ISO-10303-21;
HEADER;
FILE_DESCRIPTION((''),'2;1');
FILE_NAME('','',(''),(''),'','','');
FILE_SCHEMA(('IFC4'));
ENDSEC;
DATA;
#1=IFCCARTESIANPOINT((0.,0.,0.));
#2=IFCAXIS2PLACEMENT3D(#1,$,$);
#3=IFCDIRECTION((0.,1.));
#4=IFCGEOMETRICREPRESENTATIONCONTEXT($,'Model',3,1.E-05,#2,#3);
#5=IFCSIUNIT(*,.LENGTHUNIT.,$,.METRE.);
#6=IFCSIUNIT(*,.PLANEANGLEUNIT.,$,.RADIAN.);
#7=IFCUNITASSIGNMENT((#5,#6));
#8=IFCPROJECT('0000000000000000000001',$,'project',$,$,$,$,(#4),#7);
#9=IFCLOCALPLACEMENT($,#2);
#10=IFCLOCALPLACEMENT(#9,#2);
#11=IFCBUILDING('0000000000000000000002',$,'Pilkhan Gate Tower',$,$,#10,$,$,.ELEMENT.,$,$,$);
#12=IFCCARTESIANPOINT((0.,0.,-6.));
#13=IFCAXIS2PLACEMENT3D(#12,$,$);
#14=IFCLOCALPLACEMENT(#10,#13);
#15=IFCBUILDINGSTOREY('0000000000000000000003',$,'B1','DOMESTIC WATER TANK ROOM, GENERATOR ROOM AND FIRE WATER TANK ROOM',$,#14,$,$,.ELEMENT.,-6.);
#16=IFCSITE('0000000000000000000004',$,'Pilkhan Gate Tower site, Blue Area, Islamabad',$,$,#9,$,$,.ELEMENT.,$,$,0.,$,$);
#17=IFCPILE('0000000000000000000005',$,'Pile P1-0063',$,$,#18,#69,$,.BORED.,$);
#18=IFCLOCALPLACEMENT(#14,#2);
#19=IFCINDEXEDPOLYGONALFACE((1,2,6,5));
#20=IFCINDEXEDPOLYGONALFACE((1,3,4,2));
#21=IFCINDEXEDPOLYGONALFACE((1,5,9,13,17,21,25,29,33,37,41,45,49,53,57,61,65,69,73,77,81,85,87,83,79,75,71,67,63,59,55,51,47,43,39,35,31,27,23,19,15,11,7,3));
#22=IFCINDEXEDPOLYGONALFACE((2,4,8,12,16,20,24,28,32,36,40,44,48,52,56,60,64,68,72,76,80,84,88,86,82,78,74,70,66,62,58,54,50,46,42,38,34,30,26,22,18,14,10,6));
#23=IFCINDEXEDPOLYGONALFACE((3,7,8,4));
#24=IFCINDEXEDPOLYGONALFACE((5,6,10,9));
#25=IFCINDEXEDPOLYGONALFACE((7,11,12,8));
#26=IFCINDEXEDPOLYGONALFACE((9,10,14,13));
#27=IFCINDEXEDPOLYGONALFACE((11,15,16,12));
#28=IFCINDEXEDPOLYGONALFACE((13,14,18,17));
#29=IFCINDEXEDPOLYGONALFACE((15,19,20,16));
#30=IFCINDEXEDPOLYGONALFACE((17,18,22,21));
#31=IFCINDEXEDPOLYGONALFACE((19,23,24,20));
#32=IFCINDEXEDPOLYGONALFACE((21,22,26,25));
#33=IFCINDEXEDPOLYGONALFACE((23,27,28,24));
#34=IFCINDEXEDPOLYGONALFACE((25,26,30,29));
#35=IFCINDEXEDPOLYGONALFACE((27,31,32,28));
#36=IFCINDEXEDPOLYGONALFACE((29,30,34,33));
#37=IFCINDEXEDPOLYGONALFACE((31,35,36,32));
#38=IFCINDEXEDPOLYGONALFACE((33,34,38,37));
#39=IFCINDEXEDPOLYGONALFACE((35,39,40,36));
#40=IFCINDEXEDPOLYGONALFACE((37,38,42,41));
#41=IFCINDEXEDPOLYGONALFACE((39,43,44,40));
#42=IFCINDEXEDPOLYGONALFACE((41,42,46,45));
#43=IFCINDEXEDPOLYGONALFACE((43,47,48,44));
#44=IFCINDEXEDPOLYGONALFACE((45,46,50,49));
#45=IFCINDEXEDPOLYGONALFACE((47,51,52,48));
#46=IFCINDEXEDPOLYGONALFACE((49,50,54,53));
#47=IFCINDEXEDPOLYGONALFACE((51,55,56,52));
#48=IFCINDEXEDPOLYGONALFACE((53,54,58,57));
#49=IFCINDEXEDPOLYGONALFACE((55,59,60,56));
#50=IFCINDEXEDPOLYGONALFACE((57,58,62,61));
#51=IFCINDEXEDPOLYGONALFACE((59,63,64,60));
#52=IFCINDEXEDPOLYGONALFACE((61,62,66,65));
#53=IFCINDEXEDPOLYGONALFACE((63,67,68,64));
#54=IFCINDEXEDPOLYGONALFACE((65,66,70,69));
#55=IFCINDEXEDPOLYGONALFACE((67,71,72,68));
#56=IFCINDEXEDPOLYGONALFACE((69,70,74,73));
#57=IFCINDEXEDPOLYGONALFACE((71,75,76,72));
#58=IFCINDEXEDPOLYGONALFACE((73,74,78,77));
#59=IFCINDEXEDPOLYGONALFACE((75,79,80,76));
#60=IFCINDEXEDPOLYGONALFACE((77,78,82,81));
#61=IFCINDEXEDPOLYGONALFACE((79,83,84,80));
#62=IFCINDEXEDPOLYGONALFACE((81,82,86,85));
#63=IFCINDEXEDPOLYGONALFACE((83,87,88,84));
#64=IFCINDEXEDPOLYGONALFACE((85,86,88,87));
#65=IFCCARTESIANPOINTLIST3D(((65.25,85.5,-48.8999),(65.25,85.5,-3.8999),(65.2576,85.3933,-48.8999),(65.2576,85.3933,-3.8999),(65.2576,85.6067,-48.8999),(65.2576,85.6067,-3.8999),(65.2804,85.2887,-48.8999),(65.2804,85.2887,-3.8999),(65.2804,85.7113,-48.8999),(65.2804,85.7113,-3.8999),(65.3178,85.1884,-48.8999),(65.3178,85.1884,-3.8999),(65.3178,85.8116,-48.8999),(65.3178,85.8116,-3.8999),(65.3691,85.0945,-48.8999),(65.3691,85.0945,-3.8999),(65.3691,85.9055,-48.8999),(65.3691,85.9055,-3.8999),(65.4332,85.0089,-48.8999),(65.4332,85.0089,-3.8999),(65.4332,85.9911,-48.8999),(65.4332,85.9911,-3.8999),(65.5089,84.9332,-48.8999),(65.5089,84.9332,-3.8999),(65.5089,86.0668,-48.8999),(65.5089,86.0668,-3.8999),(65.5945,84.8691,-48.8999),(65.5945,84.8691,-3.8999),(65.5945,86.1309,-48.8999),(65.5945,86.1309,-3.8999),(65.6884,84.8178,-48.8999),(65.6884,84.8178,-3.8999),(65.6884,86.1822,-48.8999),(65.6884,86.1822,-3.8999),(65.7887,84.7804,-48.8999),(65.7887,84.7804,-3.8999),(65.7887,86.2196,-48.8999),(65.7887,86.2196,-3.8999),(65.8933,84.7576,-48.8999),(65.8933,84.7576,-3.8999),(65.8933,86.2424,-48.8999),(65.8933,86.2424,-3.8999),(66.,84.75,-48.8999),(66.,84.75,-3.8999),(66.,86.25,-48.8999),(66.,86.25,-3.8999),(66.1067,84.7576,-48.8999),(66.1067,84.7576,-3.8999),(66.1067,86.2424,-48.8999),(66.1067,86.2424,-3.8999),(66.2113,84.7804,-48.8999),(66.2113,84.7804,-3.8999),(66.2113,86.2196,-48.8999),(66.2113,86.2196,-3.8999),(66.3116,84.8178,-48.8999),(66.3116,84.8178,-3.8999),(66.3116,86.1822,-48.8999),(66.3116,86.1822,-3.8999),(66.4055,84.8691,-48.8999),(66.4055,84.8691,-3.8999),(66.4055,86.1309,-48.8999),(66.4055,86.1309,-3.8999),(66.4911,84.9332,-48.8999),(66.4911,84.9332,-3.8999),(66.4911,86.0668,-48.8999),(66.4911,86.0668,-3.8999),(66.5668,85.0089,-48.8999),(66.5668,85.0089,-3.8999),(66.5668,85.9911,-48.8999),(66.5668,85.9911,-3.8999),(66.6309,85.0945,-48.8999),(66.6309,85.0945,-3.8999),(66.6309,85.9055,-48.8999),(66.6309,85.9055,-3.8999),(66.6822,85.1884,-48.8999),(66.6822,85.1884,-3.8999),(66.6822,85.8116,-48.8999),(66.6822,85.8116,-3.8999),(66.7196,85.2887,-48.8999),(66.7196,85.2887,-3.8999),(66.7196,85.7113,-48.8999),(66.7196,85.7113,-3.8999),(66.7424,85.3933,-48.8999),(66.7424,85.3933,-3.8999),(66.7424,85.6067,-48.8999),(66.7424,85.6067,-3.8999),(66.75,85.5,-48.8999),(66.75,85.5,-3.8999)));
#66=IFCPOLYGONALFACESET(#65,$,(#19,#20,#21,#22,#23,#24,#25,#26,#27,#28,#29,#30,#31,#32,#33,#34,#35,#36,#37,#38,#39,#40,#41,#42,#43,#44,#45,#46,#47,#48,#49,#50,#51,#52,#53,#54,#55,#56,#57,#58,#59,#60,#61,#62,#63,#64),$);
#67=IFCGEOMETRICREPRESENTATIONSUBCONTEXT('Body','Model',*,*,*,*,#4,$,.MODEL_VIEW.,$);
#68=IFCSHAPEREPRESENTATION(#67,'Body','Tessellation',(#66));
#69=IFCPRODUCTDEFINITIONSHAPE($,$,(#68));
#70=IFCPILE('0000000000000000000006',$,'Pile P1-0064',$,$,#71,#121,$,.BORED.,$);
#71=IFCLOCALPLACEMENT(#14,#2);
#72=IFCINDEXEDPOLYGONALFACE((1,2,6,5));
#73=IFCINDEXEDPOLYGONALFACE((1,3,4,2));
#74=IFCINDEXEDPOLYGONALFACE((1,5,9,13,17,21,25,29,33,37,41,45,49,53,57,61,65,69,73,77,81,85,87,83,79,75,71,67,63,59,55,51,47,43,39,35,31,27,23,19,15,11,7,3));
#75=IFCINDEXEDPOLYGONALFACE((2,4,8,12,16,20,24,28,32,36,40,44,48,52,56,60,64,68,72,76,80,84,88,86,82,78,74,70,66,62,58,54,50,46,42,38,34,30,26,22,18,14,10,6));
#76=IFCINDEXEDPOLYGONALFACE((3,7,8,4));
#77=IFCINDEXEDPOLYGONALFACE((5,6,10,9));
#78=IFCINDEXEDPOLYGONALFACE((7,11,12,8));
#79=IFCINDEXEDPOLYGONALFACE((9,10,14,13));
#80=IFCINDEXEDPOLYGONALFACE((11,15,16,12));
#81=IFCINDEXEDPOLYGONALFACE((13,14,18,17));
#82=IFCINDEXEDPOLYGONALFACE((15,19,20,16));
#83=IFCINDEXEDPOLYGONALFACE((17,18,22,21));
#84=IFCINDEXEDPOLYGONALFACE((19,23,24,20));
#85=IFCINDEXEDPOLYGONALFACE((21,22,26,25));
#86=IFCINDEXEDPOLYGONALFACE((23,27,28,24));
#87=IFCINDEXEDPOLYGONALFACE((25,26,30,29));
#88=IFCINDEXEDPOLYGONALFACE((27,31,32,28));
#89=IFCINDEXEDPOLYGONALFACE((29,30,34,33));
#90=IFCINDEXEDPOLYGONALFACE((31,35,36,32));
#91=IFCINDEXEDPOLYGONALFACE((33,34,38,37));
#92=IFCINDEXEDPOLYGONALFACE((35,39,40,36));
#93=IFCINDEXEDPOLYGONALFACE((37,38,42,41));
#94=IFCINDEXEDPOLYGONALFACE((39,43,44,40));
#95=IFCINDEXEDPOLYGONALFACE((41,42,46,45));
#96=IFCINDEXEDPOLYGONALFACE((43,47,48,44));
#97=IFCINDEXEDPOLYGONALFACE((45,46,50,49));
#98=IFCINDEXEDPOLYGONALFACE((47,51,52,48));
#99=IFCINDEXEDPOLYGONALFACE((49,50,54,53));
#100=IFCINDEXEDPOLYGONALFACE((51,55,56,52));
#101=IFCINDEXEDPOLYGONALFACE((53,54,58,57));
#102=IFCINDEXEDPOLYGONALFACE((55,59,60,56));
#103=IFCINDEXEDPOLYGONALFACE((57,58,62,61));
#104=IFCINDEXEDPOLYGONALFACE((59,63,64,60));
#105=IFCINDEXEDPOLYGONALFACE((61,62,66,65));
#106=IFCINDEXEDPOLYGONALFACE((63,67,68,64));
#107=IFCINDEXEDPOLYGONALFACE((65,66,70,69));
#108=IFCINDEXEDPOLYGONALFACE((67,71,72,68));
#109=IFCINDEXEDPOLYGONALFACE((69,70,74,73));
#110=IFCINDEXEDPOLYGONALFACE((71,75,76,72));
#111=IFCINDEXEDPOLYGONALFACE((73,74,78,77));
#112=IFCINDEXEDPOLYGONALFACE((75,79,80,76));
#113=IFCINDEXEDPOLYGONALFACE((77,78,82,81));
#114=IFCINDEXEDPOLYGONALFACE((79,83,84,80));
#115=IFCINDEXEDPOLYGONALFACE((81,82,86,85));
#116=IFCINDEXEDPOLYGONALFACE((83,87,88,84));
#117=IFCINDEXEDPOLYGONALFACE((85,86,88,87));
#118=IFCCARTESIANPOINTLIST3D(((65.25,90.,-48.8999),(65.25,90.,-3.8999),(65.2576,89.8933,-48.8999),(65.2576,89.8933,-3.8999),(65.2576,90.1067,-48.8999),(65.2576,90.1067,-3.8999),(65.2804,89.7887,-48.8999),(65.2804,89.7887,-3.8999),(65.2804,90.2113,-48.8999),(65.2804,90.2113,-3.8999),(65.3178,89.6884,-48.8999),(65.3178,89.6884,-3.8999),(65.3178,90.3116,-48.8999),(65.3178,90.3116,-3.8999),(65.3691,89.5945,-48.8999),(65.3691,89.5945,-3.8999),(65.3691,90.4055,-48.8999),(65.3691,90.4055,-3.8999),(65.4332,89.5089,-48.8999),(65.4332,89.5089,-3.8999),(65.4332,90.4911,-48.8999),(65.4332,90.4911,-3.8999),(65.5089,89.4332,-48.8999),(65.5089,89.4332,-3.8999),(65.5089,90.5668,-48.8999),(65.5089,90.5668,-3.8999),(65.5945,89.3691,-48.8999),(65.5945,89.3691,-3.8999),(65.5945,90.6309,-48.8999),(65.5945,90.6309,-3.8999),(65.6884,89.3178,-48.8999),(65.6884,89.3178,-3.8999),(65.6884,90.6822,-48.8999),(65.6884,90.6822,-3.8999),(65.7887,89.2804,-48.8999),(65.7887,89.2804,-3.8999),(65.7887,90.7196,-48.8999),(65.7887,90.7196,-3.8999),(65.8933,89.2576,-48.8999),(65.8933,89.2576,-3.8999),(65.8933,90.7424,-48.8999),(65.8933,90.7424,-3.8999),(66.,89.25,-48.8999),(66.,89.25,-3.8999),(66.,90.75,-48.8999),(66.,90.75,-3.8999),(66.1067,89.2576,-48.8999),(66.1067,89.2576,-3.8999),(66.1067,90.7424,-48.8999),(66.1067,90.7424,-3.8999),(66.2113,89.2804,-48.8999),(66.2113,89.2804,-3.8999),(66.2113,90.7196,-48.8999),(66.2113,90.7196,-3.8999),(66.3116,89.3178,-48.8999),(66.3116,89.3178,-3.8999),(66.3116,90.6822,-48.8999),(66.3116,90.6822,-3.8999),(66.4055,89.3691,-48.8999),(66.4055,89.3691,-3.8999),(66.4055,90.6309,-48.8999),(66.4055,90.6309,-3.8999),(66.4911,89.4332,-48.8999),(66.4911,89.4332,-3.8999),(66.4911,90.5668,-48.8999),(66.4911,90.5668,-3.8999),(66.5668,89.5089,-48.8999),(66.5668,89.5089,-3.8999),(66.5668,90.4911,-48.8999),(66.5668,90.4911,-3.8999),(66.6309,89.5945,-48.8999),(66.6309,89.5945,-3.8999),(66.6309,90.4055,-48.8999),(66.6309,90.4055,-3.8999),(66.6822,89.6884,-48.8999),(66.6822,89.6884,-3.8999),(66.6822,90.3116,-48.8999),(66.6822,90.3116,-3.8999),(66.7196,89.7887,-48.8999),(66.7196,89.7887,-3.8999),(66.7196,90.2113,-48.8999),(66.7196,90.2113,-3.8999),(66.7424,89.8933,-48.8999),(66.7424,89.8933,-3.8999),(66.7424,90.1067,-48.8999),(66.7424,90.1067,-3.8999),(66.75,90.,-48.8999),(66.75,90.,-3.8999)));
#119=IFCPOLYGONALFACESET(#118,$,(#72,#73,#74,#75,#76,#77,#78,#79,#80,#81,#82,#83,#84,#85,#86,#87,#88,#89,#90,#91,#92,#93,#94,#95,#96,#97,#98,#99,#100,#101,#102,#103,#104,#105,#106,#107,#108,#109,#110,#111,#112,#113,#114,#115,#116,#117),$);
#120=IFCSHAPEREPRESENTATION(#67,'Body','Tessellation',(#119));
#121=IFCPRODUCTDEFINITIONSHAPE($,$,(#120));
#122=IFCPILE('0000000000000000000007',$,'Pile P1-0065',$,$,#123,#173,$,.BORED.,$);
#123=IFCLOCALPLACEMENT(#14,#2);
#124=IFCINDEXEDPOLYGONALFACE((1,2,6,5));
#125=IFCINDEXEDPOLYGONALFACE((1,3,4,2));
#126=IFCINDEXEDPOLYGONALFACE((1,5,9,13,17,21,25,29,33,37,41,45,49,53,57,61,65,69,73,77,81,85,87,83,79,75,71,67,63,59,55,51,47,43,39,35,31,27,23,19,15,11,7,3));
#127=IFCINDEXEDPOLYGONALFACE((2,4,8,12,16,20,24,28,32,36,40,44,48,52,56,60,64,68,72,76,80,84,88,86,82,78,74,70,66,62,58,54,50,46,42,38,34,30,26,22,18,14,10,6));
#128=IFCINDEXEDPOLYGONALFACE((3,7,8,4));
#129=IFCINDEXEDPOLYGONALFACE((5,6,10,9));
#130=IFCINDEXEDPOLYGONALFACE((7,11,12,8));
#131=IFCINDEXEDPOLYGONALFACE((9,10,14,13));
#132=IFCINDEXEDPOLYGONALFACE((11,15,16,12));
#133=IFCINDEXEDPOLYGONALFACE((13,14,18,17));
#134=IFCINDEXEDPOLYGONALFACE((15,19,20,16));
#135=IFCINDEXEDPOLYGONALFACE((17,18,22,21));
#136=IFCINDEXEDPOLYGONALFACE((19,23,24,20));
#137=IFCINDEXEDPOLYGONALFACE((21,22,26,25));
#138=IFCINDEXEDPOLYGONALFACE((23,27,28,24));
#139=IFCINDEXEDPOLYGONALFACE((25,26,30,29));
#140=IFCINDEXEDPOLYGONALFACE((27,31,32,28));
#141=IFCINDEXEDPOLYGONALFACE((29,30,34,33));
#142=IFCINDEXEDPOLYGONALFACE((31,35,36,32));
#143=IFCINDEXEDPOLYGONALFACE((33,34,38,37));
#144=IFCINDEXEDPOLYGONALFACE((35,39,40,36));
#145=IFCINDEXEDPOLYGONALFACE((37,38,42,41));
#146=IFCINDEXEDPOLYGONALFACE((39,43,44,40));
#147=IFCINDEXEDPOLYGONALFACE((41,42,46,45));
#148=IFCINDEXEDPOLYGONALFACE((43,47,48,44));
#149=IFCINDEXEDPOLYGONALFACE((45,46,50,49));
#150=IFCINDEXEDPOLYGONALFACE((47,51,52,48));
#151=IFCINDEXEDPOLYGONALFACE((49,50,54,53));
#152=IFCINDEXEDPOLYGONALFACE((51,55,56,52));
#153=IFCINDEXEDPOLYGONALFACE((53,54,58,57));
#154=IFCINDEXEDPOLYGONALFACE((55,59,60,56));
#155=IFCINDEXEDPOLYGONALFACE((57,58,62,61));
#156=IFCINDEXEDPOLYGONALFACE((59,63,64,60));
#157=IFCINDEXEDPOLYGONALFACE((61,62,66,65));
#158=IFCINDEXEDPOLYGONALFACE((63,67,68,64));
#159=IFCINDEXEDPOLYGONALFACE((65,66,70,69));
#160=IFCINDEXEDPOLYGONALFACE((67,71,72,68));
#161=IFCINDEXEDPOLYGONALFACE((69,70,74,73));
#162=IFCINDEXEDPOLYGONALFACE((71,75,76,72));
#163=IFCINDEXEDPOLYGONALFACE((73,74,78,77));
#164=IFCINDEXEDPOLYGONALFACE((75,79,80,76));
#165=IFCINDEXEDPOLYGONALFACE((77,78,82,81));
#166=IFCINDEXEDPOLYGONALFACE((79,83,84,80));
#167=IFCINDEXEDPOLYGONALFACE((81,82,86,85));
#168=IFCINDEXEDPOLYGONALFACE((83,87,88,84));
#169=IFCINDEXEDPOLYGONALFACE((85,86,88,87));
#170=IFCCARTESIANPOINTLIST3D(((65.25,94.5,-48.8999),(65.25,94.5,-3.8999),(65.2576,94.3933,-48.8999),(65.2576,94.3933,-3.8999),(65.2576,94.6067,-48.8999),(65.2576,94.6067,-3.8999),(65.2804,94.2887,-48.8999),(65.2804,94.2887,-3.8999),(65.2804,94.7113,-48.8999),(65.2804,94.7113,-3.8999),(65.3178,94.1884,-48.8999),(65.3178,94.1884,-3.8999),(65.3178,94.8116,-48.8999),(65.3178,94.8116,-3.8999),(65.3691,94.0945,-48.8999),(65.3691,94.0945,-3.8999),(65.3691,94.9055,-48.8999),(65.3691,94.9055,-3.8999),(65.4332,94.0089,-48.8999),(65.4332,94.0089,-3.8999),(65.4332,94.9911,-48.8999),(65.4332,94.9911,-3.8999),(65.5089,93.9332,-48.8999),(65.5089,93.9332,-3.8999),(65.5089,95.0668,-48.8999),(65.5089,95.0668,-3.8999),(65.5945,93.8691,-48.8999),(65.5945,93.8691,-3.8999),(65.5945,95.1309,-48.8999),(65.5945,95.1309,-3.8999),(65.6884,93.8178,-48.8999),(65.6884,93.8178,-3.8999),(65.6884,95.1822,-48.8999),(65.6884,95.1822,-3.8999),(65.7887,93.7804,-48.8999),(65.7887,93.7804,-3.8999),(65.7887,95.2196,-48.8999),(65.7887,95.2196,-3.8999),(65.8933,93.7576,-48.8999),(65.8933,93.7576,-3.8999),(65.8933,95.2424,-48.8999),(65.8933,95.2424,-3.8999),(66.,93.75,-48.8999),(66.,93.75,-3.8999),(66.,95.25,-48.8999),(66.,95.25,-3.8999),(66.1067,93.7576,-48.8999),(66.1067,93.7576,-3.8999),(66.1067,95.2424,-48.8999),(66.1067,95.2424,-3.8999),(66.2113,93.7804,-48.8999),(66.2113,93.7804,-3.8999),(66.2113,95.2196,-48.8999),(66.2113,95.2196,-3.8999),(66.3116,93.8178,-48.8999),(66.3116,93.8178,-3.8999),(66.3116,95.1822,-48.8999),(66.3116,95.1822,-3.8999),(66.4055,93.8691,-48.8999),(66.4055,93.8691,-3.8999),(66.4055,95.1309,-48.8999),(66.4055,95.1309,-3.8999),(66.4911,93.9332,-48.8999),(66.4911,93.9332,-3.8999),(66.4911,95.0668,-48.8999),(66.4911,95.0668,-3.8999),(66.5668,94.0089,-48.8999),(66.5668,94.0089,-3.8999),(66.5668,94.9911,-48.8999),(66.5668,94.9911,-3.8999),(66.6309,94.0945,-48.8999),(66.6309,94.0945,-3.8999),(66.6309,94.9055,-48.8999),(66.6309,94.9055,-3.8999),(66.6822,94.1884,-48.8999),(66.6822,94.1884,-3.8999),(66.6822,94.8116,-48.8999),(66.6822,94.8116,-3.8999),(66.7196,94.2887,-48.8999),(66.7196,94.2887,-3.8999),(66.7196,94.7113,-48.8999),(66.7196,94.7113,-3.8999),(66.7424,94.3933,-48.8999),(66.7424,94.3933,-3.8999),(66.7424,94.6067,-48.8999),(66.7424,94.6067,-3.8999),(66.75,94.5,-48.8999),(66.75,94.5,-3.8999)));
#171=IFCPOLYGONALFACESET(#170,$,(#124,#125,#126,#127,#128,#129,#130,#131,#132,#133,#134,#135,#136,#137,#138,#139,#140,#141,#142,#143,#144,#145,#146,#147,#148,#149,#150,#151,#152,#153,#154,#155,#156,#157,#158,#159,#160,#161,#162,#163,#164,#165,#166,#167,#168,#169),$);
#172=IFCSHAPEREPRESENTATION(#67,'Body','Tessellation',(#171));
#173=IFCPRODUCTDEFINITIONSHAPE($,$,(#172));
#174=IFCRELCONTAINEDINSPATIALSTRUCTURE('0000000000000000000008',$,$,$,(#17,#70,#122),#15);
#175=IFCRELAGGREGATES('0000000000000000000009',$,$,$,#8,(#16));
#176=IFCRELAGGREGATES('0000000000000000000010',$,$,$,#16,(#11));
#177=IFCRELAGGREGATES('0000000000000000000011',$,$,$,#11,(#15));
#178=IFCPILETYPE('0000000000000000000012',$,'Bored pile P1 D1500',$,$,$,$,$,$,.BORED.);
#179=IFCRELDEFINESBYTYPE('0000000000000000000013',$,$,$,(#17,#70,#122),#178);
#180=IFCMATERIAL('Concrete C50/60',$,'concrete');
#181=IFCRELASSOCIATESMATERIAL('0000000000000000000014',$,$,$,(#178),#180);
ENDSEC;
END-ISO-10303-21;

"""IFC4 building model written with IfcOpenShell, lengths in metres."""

from ifc_helpers import new_model, si_unit, direction, frame, origin, origin_2d, place, context, subcontext, project, spatial, circle, extrude, material, material_profile, profile_set, type_object, element, save


model = new_model("IFC4")

# Units and contexts
model_context = context("Model", 3, precision=1e-05, world=origin(), true_north=direction((0.0, 1.0)))
body_context = subcontext(model_context, "Body", "Model", "MODEL_VIEW")
ifc_project = project(units=[si_unit("LENGTHUNIT", "METRE"), si_unit("PLANEANGLEUNIT", "RADIAN")], contexts=[model_context])

# Site, building, storey
site_placement = place(None, origin())
site = spatial("IfcSite", under=ifc_project, at=site_placement, Name="Pilkhan Gate Tower site, Blue Area, Islamabad", CompositionType="ELEMENT", RefElevation=0.0)
building_placement = place(site_placement, origin())
building = spatial("IfcBuilding", under=site, at=building_placement, Name="Pilkhan Gate Tower", CompositionType="ELEMENT")
storey_placement = place(building_placement, frame((0.0, 0.0, -6.0)))
storey = spatial("IfcBuildingStorey", under=building, at=storey_placement, Name="B1", Description="DOMESTIC WATER TANK ROOM, GENERATOR ROOM AND FIRE WATER TANK ROOM", CompositionType="ELEMENT", Elevation=-6.0)

# Piles
ifc_material_1 = material(Name="Concrete C50/60", Category="concrete")
ifc_material_profile = material_profile(ifc_material_1, circle(Radius=0.75, at=origin_2d()), Name="Bored pile 1500 dia")
ifc_profile_set = profile_set([ifc_material_profile], Name="Concrete C50/60")
pile_type = type_object("IfcPileType", Name="Bored pile P1 D1500", PredefinedType="BORED", material=ifc_profile_set)
for number, where, z_axis, x_axis, name in (
    (1, (66.0, 85.5, -3.8999), (0.0, 0.0, -1.0), (1.0, 0.0, 0.0), "Pile P1-0063"),
    (2, (66.0, 90.0, -3.8999), (0.0, 0.0, -1.0), (1.0, 0.0, 0.0), "Pile P1-0064"),
    (3, (66.0, 94.5, -3.8999), (0.0, 0.0, -1.0), (1.0, 0.0, 0.0), "Pile P1-0065"),
):
    element("IfcPile", number, at=place(storey_placement, frame(where, z_axis=z_axis, x_axis=x_axis)), inside=storey, type_object=pile_type, Name=name, PredefinedType="BORED", context=body_context, shape_type="SweptSolid", body=[
        extrude(circle(Radius=0.75, at=origin_2d()), origin(), (0.0, 0.0, 1.0), 45.0),
    ])

save(model, "model.ifc")
